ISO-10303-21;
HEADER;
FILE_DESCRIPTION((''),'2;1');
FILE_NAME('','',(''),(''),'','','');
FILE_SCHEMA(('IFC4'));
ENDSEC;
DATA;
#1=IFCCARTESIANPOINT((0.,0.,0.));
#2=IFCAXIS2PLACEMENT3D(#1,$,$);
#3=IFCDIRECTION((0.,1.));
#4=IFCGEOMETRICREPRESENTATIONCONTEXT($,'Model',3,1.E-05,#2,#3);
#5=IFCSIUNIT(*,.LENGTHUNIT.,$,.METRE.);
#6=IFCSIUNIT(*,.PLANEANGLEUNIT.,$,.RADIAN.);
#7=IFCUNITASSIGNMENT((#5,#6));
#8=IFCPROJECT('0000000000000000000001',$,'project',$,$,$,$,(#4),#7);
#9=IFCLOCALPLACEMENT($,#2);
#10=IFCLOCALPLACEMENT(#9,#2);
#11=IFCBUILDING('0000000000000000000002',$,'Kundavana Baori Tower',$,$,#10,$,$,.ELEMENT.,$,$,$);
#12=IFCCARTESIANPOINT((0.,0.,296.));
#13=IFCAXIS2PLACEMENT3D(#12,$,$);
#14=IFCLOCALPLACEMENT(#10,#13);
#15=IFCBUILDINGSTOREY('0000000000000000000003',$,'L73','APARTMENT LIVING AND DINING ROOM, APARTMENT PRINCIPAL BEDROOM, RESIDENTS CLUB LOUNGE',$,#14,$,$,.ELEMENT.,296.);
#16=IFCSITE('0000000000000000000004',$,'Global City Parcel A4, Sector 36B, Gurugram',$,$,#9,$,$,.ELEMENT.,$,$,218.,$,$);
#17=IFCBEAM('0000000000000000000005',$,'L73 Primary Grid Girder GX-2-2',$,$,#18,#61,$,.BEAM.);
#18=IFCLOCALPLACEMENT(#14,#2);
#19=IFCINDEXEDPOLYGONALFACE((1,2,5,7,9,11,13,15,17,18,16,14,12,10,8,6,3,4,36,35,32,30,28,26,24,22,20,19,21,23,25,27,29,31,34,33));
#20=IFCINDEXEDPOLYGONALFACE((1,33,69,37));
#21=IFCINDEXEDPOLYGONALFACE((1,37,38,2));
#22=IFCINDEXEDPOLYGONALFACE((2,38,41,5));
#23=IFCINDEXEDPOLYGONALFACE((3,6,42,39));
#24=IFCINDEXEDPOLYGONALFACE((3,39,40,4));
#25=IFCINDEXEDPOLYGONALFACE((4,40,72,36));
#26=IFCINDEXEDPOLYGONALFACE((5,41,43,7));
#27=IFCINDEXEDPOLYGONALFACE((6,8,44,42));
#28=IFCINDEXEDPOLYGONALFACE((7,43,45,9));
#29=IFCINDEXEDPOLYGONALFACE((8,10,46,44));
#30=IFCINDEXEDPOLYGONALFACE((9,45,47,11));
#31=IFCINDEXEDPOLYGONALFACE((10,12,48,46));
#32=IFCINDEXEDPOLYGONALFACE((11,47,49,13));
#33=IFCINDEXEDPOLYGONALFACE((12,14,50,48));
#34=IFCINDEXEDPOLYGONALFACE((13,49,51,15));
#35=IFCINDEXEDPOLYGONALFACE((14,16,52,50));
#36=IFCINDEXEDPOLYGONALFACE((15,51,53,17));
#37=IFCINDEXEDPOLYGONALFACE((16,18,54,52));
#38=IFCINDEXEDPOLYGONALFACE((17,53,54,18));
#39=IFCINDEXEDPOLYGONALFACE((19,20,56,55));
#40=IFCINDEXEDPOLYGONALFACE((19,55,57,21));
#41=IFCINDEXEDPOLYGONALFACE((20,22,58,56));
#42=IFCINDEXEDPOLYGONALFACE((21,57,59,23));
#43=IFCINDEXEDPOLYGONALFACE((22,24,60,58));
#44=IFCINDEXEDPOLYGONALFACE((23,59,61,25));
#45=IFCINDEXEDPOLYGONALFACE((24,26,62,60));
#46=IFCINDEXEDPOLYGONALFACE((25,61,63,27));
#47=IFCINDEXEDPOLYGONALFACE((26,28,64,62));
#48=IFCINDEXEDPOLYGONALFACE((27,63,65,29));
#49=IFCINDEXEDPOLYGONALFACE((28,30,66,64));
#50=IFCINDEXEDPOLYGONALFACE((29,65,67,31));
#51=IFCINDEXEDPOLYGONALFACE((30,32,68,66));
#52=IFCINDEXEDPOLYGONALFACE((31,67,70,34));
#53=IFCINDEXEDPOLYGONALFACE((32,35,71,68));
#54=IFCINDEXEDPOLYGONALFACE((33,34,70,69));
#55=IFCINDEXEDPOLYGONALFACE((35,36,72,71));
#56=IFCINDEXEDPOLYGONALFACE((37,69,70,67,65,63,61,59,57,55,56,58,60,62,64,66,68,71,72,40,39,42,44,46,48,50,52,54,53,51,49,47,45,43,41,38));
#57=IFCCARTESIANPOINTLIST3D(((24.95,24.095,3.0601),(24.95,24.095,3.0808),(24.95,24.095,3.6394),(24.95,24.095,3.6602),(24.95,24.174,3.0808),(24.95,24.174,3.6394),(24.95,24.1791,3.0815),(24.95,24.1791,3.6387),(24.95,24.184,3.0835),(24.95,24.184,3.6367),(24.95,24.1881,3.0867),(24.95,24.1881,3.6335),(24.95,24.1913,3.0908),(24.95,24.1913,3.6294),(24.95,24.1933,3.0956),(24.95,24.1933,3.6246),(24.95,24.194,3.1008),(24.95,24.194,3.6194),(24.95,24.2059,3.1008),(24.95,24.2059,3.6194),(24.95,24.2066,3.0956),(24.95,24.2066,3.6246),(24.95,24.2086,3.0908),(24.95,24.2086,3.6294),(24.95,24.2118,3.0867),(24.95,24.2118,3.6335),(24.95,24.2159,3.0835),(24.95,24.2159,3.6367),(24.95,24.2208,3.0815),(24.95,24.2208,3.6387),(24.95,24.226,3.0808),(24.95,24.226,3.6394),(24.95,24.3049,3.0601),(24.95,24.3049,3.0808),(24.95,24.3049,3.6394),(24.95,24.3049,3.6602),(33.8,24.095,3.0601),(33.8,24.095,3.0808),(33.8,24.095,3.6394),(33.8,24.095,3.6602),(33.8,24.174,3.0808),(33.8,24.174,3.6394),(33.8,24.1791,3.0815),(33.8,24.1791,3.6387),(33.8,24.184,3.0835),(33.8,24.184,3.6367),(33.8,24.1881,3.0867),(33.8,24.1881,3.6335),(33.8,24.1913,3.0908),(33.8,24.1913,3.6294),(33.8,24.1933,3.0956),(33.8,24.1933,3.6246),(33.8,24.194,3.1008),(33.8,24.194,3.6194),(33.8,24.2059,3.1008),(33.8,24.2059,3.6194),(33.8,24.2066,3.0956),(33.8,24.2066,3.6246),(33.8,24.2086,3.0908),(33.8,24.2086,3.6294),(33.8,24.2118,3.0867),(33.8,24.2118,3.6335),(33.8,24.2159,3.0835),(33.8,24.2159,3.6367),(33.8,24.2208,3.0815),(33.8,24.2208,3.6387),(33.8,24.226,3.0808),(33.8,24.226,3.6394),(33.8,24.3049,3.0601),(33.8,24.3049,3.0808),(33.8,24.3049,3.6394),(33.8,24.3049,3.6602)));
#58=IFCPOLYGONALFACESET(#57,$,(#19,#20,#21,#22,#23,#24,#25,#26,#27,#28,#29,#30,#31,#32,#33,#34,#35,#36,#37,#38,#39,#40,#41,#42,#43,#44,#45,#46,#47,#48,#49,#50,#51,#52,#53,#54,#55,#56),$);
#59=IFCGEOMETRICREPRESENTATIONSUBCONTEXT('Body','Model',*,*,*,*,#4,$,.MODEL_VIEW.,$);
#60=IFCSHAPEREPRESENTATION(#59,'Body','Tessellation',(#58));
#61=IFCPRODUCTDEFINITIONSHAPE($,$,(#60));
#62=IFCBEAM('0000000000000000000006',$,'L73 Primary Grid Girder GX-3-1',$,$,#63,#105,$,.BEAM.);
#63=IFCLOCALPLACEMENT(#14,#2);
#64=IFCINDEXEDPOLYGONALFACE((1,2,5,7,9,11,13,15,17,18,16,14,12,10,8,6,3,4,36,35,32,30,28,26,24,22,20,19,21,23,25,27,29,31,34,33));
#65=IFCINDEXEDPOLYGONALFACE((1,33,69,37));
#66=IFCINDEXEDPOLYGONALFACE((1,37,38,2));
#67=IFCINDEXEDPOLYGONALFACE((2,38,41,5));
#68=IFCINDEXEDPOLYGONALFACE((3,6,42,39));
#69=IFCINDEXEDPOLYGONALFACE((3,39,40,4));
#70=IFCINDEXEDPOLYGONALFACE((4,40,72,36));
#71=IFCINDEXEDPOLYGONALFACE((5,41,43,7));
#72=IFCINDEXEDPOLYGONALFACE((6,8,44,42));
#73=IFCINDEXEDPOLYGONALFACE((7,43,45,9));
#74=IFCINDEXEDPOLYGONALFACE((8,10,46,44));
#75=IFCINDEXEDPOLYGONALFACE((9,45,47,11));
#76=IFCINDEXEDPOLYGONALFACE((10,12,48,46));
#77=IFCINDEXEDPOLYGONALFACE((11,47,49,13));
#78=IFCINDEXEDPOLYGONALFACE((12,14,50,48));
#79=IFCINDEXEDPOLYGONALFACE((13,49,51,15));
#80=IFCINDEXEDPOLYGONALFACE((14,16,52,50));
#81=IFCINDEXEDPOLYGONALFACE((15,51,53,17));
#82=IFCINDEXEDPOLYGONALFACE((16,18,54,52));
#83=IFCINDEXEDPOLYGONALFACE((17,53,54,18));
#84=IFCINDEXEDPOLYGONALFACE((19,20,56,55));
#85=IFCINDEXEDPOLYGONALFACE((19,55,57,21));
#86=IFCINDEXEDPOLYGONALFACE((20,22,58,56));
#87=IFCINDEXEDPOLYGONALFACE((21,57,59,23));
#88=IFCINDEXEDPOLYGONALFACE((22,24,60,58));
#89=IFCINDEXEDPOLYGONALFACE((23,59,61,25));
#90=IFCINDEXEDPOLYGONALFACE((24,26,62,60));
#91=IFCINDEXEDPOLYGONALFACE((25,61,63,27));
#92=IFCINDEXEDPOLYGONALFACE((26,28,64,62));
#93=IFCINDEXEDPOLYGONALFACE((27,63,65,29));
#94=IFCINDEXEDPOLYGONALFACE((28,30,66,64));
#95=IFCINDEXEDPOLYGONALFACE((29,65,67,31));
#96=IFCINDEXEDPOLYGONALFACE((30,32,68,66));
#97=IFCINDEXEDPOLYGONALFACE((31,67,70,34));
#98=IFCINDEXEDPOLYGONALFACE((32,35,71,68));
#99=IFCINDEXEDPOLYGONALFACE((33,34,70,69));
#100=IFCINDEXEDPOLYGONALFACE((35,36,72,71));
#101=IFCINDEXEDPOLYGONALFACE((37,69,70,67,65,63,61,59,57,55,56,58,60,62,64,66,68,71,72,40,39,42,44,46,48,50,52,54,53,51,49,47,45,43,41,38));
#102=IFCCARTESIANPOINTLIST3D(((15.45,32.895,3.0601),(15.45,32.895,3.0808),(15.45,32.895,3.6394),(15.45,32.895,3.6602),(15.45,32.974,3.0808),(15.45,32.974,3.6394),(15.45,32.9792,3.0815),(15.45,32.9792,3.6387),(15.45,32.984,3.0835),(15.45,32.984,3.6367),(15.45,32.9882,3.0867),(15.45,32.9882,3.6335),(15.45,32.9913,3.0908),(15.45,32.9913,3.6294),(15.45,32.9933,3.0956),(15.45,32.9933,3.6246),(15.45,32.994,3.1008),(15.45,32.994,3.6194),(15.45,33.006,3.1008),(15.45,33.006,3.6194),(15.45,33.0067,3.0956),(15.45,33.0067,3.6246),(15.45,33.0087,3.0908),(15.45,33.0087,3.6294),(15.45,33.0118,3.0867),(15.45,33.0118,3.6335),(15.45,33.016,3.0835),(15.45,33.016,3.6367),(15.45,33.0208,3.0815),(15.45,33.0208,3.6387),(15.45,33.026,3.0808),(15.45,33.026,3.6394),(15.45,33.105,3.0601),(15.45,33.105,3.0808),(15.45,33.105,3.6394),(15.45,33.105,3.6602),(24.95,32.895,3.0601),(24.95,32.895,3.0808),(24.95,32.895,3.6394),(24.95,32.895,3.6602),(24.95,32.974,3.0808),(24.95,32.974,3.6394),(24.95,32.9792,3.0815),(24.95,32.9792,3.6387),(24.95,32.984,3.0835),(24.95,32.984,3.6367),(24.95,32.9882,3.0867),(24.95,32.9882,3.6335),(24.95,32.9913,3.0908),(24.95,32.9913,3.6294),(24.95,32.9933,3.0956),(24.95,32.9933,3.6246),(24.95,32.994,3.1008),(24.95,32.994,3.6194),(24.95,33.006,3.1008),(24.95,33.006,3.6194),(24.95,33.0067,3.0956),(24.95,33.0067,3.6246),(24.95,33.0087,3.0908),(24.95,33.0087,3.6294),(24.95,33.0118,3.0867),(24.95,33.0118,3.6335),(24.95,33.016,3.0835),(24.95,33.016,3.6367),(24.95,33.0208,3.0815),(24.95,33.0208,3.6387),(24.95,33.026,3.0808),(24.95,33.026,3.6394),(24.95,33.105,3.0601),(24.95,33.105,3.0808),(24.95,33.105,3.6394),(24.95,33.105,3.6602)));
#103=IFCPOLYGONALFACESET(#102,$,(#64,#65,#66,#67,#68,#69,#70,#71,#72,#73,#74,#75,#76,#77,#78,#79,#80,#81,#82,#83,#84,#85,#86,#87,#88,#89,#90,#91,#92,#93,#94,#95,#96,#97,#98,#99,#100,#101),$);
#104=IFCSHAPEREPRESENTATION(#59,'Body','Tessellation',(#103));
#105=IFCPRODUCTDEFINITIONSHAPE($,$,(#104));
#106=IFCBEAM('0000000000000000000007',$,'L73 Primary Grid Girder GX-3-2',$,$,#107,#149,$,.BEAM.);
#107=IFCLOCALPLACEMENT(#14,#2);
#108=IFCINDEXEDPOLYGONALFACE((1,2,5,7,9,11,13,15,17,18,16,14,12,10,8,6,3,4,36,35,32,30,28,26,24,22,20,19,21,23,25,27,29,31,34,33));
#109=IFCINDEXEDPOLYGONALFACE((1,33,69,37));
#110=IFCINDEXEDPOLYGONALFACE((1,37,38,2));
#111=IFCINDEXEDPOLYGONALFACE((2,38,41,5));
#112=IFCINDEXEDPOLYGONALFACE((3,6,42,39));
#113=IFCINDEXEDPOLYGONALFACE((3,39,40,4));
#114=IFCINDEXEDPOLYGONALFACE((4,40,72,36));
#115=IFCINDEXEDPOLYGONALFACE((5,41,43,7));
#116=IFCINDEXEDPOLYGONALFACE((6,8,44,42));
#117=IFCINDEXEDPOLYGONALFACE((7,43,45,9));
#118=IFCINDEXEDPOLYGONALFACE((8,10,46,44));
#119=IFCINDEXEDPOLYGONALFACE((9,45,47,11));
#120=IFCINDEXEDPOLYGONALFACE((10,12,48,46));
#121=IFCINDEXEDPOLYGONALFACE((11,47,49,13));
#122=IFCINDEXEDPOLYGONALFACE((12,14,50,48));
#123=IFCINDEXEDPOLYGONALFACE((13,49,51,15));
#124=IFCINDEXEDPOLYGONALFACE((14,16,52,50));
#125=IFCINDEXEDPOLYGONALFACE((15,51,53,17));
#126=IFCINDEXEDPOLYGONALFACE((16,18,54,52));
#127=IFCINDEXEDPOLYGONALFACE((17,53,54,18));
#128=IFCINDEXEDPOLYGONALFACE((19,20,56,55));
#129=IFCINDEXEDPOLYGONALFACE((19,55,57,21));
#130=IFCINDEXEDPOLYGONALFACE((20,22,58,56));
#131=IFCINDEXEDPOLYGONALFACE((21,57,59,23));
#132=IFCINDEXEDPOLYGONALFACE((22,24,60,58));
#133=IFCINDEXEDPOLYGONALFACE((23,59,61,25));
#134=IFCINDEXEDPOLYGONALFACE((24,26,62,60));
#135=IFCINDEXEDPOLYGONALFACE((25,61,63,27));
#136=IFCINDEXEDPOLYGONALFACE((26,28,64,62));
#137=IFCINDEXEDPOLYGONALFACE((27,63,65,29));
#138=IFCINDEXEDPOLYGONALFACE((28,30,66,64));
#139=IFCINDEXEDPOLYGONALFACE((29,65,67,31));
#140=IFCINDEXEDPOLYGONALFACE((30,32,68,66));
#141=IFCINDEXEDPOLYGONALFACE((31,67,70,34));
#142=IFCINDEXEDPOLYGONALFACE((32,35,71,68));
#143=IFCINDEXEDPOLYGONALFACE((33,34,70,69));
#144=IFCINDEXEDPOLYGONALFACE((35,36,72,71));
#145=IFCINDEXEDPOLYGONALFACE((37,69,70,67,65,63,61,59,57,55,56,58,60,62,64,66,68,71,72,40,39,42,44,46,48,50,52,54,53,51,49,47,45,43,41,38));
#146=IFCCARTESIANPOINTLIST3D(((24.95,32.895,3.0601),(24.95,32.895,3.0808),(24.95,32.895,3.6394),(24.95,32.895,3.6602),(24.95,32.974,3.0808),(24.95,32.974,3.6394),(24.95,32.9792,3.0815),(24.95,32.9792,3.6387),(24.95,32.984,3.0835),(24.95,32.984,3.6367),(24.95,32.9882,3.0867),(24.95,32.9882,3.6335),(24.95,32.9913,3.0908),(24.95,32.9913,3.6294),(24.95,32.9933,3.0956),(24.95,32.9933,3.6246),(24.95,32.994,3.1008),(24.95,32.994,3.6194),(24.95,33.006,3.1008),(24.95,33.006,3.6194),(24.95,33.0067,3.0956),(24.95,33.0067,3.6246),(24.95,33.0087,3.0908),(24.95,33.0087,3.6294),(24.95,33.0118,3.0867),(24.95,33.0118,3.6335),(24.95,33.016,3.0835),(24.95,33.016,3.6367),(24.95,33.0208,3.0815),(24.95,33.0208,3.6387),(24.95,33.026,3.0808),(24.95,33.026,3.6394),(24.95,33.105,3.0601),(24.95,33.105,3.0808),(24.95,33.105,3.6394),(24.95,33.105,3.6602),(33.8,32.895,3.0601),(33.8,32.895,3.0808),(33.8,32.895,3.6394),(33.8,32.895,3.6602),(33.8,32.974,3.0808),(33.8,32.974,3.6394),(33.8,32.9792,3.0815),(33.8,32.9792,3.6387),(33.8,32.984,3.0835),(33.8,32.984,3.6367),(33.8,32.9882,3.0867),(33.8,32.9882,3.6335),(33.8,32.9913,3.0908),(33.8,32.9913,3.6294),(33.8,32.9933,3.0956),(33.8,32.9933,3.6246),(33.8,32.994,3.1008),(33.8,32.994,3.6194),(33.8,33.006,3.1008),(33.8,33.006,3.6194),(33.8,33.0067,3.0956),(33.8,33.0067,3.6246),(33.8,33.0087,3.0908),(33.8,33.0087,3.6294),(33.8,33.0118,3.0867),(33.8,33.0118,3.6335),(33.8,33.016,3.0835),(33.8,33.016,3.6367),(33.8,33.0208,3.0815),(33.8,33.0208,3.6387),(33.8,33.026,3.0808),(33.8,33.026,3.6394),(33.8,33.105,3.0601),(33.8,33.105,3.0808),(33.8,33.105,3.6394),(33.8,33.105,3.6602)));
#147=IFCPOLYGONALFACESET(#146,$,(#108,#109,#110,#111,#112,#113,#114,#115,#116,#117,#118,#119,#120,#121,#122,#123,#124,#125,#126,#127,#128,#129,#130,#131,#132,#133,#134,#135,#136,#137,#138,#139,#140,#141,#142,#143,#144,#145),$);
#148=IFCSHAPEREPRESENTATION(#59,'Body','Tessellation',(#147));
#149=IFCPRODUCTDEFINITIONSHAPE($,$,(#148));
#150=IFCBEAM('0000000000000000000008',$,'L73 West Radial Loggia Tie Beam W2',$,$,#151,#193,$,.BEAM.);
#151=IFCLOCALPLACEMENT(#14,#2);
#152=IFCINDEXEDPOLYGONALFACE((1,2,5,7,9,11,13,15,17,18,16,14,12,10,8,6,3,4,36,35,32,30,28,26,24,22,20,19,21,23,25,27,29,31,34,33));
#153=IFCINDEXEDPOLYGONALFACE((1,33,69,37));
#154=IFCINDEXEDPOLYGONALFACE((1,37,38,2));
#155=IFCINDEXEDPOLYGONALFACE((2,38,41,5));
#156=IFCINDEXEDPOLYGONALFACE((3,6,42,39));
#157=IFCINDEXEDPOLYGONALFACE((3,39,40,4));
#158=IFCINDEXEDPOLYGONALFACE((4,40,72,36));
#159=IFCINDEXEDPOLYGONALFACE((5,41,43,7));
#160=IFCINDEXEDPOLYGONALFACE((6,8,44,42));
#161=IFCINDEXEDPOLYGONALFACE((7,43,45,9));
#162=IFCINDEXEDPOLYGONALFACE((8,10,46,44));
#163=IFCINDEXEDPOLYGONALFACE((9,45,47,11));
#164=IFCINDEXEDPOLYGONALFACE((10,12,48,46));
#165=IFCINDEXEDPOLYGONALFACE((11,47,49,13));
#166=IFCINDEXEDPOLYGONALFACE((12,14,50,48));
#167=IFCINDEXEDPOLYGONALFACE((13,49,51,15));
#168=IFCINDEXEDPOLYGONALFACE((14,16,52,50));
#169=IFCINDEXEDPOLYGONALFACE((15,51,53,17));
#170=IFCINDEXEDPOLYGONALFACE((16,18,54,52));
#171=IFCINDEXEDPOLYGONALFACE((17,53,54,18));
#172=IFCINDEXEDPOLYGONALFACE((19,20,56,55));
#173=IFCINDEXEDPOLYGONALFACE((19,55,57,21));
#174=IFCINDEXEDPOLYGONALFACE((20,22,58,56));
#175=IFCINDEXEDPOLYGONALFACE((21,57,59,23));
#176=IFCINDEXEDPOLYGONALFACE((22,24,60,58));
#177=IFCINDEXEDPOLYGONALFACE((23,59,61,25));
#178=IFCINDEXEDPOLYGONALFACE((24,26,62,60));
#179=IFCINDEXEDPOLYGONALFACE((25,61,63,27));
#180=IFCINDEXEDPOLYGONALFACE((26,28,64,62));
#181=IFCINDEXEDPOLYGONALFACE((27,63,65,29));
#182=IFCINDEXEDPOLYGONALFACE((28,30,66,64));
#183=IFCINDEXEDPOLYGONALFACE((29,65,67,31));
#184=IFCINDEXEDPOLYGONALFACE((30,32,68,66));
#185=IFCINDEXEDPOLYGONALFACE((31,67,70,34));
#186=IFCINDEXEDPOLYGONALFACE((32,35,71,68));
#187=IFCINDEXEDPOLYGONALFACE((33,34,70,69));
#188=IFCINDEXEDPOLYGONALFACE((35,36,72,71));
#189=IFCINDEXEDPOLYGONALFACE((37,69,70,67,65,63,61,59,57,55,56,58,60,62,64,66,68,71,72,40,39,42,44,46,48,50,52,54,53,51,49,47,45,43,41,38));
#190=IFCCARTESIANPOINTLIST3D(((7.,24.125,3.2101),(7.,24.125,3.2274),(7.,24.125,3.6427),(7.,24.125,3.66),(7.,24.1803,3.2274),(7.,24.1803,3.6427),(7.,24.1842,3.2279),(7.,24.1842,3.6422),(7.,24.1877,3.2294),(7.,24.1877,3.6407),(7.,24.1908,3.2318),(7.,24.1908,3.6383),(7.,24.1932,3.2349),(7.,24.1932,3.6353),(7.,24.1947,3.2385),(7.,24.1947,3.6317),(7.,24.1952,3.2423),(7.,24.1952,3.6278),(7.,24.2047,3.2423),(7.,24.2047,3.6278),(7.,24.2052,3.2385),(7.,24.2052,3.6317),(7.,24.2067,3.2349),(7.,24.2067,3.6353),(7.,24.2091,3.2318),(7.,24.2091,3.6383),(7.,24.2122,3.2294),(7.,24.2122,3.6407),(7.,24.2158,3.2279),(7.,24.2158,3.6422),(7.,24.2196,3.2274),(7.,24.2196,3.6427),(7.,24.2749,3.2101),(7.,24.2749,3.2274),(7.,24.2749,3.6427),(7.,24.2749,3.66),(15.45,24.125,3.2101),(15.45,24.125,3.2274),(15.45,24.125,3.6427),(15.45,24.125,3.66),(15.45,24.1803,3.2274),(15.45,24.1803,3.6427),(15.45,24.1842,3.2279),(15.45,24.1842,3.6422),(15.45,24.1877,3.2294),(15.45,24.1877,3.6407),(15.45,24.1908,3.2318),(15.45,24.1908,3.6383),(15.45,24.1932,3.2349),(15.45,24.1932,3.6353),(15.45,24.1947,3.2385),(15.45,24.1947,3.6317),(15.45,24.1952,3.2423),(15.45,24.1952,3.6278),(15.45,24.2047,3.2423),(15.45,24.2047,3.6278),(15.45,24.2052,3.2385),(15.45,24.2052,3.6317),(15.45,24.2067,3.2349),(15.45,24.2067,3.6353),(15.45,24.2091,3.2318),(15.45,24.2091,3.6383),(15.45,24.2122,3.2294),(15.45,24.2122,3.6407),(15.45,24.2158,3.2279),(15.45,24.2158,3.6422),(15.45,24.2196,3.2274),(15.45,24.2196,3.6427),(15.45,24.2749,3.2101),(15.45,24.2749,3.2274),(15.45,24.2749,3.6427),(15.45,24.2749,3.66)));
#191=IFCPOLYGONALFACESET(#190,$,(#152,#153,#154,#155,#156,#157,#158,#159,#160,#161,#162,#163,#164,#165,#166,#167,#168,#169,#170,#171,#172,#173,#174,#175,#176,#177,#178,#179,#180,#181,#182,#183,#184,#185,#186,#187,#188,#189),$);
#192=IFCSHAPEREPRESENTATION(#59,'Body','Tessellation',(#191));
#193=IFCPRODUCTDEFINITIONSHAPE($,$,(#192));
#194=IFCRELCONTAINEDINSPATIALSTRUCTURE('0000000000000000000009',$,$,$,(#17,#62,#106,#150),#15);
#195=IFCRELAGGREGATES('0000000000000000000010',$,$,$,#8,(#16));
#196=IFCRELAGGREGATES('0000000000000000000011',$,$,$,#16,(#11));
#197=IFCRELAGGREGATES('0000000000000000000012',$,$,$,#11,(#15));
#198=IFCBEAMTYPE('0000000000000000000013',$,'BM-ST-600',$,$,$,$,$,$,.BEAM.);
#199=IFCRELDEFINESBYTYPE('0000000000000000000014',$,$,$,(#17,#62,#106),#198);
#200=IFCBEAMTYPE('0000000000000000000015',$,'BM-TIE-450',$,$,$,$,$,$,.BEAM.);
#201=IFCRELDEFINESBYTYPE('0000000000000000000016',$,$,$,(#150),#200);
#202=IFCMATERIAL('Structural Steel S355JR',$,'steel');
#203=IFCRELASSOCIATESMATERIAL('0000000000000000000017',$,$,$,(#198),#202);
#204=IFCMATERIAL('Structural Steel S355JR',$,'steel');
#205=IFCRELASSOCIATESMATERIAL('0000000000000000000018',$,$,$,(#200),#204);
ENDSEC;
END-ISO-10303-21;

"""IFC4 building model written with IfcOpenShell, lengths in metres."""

from ifc_helpers import new_model, si_unit, direction, frame, origin, origin_2d, place, context, subcontext, project, spatial, i_section, extrude, material, material_profile, profile_set, type_object, element, save


model = new_model("IFC4")

# Units and contexts
model_context = context("Model", 3, precision=1e-05, world=origin(), true_north=direction((0.0, 1.0)))
body_context = subcontext(model_context, "Body", "Model", "MODEL_VIEW")
ifc_project = project(units=[si_unit("LENGTHUNIT", "METRE"), si_unit("PLANEANGLEUNIT", "RADIAN")], contexts=[model_context])

# Site, building, storey
site_placement = place(None, origin())
site = spatial("IfcSite", under=ifc_project, at=site_placement, Name="Global City Parcel A4, Sector 36B, Gurugram", CompositionType="ELEMENT", RefElevation=218.0)
building_placement = place(site_placement, origin())
building = spatial("IfcBuilding", under=site, at=building_placement, Name="Kundavana Baori Tower", CompositionType="ELEMENT")
storey_placement = place(building_placement, frame((0.0, 0.0, 296.0)))
storey = spatial("IfcBuildingStorey", under=building, at=storey_placement, Name="L73", Description="APARTMENT LIVING AND DINING ROOM, APARTMENT PRINCIPAL BEDROOM, RESIDENTS CLUB LOUNGE", CompositionType="ELEMENT", Elevation=296.0)

# Beams
ifc_material_1 = material(Name="Structural Steel S355JR", Category="steel")
ifc_material_profile_1 = material_profile(ifc_material_1, i_section(OverallWidth=0.21, OverallDepth=0.6001, WebThickness=0.012, FlangeThickness=0.0208, FilletRadius=0.02, at=origin_2d()), Name="ISMB 600")
ifc_profile_set_1 = profile_set([ifc_material_profile_1], Name="Structural Steel S355JR")
beam_type_1 = type_object("IfcBeamType", Name="BM-ST-600", PredefinedType="BEAM", material=ifc_profile_set_1)
beam_1_placement = place(storey_placement, frame((24.95, 24.2, 3.3601), z_axis=(1.0, 0.0, 0.0), x_axis=(0.0, 1.0, 0.0)))
element("IfcBeam", 1, at=beam_1_placement, inside=storey, type_object=beam_type_1, Name="L73 Primary Grid Girder GX-2-2", PredefinedType="BEAM", context=body_context, shape_type="SweptSolid", body=[
    extrude(i_section(OverallWidth=0.21, OverallDepth=0.6001, WebThickness=0.012, FlangeThickness=0.0208, FilletRadius=0.02, at=origin_2d()), origin(), (0.0, 0.0, 1.0), 8.8501),
])
beam_2_placement = place(storey_placement, frame((15.45, 33.0, 3.3601), z_axis=(1.0, 0.0, 0.0), x_axis=(0.0, 1.0, 0.0)))
element("IfcBeam", 2, at=beam_2_placement, inside=storey, type_object=beam_type_1, Name="L73 Primary Grid Girder GX-3-1", PredefinedType="BEAM", context=body_context, shape_type="SweptSolid", body=[
    extrude(i_section(OverallWidth=0.21, OverallDepth=0.6001, WebThickness=0.012, FlangeThickness=0.0208, FilletRadius=0.02, at=origin_2d()), origin(), (0.0, 0.0, 1.0), 9.5),
])
beam_3_placement = place(storey_placement, frame((24.95, 33.0, 3.3601), z_axis=(1.0, 0.0, 0.0), x_axis=(0.0, 1.0, 0.0)))
element("IfcBeam", 3, at=beam_3_placement, inside=storey, type_object=beam_type_1, Name="L73 Primary Grid Girder GX-3-2", PredefinedType="BEAM", context=body_context, shape_type="SweptSolid", body=[
    extrude(i_section(OverallWidth=0.21, OverallDepth=0.6001, WebThickness=0.012, FlangeThickness=0.0208, FilletRadius=0.02, at=origin_2d()), origin(), (0.0, 0.0, 1.0), 8.8501),
])
ifc_material_2 = material(Name="Structural Steel S355JR", Category="steel")
ifc_material_profile_2 = material_profile(ifc_material_2, i_section(OverallWidth=0.1499, OverallDepth=0.45, WebThickness=0.0095, FlangeThickness=0.0173, FilletRadius=0.0149, at=origin_2d()), Name="ISMB 450")
ifc_profile_set_2 = profile_set([ifc_material_profile_2], Name="Structural Steel S355JR")
beam_type_2 = type_object("IfcBeamType", Name="BM-TIE-450", PredefinedType="BEAM", material=ifc_profile_set_2)
for number, where, z_axis, x_axis, name in (
    (4, (15.45, 24.2, 3.4351), (-1.0, 0.0, 0.0), (0.0, -1.0, 0.0), "L73 West Radial Loggia Tie Beam W2"),
):
    element("IfcBeam", number, at=place(storey_placement, frame(where, z_axis=z_axis, x_axis=x_axis)), inside=storey, type_object=beam_type_2, Name=name, PredefinedType="BEAM", context=body_context, shape_type="SweptSolid", body=[
        extrude(i_section(OverallWidth=0.1499, OverallDepth=0.45, WebThickness=0.0095, FlangeThickness=0.0173, FilletRadius=0.0149, at=origin_2d()), origin(), (0.0, 0.0, 1.0), 8.45),
    ])

save(model, "model.ifc")
